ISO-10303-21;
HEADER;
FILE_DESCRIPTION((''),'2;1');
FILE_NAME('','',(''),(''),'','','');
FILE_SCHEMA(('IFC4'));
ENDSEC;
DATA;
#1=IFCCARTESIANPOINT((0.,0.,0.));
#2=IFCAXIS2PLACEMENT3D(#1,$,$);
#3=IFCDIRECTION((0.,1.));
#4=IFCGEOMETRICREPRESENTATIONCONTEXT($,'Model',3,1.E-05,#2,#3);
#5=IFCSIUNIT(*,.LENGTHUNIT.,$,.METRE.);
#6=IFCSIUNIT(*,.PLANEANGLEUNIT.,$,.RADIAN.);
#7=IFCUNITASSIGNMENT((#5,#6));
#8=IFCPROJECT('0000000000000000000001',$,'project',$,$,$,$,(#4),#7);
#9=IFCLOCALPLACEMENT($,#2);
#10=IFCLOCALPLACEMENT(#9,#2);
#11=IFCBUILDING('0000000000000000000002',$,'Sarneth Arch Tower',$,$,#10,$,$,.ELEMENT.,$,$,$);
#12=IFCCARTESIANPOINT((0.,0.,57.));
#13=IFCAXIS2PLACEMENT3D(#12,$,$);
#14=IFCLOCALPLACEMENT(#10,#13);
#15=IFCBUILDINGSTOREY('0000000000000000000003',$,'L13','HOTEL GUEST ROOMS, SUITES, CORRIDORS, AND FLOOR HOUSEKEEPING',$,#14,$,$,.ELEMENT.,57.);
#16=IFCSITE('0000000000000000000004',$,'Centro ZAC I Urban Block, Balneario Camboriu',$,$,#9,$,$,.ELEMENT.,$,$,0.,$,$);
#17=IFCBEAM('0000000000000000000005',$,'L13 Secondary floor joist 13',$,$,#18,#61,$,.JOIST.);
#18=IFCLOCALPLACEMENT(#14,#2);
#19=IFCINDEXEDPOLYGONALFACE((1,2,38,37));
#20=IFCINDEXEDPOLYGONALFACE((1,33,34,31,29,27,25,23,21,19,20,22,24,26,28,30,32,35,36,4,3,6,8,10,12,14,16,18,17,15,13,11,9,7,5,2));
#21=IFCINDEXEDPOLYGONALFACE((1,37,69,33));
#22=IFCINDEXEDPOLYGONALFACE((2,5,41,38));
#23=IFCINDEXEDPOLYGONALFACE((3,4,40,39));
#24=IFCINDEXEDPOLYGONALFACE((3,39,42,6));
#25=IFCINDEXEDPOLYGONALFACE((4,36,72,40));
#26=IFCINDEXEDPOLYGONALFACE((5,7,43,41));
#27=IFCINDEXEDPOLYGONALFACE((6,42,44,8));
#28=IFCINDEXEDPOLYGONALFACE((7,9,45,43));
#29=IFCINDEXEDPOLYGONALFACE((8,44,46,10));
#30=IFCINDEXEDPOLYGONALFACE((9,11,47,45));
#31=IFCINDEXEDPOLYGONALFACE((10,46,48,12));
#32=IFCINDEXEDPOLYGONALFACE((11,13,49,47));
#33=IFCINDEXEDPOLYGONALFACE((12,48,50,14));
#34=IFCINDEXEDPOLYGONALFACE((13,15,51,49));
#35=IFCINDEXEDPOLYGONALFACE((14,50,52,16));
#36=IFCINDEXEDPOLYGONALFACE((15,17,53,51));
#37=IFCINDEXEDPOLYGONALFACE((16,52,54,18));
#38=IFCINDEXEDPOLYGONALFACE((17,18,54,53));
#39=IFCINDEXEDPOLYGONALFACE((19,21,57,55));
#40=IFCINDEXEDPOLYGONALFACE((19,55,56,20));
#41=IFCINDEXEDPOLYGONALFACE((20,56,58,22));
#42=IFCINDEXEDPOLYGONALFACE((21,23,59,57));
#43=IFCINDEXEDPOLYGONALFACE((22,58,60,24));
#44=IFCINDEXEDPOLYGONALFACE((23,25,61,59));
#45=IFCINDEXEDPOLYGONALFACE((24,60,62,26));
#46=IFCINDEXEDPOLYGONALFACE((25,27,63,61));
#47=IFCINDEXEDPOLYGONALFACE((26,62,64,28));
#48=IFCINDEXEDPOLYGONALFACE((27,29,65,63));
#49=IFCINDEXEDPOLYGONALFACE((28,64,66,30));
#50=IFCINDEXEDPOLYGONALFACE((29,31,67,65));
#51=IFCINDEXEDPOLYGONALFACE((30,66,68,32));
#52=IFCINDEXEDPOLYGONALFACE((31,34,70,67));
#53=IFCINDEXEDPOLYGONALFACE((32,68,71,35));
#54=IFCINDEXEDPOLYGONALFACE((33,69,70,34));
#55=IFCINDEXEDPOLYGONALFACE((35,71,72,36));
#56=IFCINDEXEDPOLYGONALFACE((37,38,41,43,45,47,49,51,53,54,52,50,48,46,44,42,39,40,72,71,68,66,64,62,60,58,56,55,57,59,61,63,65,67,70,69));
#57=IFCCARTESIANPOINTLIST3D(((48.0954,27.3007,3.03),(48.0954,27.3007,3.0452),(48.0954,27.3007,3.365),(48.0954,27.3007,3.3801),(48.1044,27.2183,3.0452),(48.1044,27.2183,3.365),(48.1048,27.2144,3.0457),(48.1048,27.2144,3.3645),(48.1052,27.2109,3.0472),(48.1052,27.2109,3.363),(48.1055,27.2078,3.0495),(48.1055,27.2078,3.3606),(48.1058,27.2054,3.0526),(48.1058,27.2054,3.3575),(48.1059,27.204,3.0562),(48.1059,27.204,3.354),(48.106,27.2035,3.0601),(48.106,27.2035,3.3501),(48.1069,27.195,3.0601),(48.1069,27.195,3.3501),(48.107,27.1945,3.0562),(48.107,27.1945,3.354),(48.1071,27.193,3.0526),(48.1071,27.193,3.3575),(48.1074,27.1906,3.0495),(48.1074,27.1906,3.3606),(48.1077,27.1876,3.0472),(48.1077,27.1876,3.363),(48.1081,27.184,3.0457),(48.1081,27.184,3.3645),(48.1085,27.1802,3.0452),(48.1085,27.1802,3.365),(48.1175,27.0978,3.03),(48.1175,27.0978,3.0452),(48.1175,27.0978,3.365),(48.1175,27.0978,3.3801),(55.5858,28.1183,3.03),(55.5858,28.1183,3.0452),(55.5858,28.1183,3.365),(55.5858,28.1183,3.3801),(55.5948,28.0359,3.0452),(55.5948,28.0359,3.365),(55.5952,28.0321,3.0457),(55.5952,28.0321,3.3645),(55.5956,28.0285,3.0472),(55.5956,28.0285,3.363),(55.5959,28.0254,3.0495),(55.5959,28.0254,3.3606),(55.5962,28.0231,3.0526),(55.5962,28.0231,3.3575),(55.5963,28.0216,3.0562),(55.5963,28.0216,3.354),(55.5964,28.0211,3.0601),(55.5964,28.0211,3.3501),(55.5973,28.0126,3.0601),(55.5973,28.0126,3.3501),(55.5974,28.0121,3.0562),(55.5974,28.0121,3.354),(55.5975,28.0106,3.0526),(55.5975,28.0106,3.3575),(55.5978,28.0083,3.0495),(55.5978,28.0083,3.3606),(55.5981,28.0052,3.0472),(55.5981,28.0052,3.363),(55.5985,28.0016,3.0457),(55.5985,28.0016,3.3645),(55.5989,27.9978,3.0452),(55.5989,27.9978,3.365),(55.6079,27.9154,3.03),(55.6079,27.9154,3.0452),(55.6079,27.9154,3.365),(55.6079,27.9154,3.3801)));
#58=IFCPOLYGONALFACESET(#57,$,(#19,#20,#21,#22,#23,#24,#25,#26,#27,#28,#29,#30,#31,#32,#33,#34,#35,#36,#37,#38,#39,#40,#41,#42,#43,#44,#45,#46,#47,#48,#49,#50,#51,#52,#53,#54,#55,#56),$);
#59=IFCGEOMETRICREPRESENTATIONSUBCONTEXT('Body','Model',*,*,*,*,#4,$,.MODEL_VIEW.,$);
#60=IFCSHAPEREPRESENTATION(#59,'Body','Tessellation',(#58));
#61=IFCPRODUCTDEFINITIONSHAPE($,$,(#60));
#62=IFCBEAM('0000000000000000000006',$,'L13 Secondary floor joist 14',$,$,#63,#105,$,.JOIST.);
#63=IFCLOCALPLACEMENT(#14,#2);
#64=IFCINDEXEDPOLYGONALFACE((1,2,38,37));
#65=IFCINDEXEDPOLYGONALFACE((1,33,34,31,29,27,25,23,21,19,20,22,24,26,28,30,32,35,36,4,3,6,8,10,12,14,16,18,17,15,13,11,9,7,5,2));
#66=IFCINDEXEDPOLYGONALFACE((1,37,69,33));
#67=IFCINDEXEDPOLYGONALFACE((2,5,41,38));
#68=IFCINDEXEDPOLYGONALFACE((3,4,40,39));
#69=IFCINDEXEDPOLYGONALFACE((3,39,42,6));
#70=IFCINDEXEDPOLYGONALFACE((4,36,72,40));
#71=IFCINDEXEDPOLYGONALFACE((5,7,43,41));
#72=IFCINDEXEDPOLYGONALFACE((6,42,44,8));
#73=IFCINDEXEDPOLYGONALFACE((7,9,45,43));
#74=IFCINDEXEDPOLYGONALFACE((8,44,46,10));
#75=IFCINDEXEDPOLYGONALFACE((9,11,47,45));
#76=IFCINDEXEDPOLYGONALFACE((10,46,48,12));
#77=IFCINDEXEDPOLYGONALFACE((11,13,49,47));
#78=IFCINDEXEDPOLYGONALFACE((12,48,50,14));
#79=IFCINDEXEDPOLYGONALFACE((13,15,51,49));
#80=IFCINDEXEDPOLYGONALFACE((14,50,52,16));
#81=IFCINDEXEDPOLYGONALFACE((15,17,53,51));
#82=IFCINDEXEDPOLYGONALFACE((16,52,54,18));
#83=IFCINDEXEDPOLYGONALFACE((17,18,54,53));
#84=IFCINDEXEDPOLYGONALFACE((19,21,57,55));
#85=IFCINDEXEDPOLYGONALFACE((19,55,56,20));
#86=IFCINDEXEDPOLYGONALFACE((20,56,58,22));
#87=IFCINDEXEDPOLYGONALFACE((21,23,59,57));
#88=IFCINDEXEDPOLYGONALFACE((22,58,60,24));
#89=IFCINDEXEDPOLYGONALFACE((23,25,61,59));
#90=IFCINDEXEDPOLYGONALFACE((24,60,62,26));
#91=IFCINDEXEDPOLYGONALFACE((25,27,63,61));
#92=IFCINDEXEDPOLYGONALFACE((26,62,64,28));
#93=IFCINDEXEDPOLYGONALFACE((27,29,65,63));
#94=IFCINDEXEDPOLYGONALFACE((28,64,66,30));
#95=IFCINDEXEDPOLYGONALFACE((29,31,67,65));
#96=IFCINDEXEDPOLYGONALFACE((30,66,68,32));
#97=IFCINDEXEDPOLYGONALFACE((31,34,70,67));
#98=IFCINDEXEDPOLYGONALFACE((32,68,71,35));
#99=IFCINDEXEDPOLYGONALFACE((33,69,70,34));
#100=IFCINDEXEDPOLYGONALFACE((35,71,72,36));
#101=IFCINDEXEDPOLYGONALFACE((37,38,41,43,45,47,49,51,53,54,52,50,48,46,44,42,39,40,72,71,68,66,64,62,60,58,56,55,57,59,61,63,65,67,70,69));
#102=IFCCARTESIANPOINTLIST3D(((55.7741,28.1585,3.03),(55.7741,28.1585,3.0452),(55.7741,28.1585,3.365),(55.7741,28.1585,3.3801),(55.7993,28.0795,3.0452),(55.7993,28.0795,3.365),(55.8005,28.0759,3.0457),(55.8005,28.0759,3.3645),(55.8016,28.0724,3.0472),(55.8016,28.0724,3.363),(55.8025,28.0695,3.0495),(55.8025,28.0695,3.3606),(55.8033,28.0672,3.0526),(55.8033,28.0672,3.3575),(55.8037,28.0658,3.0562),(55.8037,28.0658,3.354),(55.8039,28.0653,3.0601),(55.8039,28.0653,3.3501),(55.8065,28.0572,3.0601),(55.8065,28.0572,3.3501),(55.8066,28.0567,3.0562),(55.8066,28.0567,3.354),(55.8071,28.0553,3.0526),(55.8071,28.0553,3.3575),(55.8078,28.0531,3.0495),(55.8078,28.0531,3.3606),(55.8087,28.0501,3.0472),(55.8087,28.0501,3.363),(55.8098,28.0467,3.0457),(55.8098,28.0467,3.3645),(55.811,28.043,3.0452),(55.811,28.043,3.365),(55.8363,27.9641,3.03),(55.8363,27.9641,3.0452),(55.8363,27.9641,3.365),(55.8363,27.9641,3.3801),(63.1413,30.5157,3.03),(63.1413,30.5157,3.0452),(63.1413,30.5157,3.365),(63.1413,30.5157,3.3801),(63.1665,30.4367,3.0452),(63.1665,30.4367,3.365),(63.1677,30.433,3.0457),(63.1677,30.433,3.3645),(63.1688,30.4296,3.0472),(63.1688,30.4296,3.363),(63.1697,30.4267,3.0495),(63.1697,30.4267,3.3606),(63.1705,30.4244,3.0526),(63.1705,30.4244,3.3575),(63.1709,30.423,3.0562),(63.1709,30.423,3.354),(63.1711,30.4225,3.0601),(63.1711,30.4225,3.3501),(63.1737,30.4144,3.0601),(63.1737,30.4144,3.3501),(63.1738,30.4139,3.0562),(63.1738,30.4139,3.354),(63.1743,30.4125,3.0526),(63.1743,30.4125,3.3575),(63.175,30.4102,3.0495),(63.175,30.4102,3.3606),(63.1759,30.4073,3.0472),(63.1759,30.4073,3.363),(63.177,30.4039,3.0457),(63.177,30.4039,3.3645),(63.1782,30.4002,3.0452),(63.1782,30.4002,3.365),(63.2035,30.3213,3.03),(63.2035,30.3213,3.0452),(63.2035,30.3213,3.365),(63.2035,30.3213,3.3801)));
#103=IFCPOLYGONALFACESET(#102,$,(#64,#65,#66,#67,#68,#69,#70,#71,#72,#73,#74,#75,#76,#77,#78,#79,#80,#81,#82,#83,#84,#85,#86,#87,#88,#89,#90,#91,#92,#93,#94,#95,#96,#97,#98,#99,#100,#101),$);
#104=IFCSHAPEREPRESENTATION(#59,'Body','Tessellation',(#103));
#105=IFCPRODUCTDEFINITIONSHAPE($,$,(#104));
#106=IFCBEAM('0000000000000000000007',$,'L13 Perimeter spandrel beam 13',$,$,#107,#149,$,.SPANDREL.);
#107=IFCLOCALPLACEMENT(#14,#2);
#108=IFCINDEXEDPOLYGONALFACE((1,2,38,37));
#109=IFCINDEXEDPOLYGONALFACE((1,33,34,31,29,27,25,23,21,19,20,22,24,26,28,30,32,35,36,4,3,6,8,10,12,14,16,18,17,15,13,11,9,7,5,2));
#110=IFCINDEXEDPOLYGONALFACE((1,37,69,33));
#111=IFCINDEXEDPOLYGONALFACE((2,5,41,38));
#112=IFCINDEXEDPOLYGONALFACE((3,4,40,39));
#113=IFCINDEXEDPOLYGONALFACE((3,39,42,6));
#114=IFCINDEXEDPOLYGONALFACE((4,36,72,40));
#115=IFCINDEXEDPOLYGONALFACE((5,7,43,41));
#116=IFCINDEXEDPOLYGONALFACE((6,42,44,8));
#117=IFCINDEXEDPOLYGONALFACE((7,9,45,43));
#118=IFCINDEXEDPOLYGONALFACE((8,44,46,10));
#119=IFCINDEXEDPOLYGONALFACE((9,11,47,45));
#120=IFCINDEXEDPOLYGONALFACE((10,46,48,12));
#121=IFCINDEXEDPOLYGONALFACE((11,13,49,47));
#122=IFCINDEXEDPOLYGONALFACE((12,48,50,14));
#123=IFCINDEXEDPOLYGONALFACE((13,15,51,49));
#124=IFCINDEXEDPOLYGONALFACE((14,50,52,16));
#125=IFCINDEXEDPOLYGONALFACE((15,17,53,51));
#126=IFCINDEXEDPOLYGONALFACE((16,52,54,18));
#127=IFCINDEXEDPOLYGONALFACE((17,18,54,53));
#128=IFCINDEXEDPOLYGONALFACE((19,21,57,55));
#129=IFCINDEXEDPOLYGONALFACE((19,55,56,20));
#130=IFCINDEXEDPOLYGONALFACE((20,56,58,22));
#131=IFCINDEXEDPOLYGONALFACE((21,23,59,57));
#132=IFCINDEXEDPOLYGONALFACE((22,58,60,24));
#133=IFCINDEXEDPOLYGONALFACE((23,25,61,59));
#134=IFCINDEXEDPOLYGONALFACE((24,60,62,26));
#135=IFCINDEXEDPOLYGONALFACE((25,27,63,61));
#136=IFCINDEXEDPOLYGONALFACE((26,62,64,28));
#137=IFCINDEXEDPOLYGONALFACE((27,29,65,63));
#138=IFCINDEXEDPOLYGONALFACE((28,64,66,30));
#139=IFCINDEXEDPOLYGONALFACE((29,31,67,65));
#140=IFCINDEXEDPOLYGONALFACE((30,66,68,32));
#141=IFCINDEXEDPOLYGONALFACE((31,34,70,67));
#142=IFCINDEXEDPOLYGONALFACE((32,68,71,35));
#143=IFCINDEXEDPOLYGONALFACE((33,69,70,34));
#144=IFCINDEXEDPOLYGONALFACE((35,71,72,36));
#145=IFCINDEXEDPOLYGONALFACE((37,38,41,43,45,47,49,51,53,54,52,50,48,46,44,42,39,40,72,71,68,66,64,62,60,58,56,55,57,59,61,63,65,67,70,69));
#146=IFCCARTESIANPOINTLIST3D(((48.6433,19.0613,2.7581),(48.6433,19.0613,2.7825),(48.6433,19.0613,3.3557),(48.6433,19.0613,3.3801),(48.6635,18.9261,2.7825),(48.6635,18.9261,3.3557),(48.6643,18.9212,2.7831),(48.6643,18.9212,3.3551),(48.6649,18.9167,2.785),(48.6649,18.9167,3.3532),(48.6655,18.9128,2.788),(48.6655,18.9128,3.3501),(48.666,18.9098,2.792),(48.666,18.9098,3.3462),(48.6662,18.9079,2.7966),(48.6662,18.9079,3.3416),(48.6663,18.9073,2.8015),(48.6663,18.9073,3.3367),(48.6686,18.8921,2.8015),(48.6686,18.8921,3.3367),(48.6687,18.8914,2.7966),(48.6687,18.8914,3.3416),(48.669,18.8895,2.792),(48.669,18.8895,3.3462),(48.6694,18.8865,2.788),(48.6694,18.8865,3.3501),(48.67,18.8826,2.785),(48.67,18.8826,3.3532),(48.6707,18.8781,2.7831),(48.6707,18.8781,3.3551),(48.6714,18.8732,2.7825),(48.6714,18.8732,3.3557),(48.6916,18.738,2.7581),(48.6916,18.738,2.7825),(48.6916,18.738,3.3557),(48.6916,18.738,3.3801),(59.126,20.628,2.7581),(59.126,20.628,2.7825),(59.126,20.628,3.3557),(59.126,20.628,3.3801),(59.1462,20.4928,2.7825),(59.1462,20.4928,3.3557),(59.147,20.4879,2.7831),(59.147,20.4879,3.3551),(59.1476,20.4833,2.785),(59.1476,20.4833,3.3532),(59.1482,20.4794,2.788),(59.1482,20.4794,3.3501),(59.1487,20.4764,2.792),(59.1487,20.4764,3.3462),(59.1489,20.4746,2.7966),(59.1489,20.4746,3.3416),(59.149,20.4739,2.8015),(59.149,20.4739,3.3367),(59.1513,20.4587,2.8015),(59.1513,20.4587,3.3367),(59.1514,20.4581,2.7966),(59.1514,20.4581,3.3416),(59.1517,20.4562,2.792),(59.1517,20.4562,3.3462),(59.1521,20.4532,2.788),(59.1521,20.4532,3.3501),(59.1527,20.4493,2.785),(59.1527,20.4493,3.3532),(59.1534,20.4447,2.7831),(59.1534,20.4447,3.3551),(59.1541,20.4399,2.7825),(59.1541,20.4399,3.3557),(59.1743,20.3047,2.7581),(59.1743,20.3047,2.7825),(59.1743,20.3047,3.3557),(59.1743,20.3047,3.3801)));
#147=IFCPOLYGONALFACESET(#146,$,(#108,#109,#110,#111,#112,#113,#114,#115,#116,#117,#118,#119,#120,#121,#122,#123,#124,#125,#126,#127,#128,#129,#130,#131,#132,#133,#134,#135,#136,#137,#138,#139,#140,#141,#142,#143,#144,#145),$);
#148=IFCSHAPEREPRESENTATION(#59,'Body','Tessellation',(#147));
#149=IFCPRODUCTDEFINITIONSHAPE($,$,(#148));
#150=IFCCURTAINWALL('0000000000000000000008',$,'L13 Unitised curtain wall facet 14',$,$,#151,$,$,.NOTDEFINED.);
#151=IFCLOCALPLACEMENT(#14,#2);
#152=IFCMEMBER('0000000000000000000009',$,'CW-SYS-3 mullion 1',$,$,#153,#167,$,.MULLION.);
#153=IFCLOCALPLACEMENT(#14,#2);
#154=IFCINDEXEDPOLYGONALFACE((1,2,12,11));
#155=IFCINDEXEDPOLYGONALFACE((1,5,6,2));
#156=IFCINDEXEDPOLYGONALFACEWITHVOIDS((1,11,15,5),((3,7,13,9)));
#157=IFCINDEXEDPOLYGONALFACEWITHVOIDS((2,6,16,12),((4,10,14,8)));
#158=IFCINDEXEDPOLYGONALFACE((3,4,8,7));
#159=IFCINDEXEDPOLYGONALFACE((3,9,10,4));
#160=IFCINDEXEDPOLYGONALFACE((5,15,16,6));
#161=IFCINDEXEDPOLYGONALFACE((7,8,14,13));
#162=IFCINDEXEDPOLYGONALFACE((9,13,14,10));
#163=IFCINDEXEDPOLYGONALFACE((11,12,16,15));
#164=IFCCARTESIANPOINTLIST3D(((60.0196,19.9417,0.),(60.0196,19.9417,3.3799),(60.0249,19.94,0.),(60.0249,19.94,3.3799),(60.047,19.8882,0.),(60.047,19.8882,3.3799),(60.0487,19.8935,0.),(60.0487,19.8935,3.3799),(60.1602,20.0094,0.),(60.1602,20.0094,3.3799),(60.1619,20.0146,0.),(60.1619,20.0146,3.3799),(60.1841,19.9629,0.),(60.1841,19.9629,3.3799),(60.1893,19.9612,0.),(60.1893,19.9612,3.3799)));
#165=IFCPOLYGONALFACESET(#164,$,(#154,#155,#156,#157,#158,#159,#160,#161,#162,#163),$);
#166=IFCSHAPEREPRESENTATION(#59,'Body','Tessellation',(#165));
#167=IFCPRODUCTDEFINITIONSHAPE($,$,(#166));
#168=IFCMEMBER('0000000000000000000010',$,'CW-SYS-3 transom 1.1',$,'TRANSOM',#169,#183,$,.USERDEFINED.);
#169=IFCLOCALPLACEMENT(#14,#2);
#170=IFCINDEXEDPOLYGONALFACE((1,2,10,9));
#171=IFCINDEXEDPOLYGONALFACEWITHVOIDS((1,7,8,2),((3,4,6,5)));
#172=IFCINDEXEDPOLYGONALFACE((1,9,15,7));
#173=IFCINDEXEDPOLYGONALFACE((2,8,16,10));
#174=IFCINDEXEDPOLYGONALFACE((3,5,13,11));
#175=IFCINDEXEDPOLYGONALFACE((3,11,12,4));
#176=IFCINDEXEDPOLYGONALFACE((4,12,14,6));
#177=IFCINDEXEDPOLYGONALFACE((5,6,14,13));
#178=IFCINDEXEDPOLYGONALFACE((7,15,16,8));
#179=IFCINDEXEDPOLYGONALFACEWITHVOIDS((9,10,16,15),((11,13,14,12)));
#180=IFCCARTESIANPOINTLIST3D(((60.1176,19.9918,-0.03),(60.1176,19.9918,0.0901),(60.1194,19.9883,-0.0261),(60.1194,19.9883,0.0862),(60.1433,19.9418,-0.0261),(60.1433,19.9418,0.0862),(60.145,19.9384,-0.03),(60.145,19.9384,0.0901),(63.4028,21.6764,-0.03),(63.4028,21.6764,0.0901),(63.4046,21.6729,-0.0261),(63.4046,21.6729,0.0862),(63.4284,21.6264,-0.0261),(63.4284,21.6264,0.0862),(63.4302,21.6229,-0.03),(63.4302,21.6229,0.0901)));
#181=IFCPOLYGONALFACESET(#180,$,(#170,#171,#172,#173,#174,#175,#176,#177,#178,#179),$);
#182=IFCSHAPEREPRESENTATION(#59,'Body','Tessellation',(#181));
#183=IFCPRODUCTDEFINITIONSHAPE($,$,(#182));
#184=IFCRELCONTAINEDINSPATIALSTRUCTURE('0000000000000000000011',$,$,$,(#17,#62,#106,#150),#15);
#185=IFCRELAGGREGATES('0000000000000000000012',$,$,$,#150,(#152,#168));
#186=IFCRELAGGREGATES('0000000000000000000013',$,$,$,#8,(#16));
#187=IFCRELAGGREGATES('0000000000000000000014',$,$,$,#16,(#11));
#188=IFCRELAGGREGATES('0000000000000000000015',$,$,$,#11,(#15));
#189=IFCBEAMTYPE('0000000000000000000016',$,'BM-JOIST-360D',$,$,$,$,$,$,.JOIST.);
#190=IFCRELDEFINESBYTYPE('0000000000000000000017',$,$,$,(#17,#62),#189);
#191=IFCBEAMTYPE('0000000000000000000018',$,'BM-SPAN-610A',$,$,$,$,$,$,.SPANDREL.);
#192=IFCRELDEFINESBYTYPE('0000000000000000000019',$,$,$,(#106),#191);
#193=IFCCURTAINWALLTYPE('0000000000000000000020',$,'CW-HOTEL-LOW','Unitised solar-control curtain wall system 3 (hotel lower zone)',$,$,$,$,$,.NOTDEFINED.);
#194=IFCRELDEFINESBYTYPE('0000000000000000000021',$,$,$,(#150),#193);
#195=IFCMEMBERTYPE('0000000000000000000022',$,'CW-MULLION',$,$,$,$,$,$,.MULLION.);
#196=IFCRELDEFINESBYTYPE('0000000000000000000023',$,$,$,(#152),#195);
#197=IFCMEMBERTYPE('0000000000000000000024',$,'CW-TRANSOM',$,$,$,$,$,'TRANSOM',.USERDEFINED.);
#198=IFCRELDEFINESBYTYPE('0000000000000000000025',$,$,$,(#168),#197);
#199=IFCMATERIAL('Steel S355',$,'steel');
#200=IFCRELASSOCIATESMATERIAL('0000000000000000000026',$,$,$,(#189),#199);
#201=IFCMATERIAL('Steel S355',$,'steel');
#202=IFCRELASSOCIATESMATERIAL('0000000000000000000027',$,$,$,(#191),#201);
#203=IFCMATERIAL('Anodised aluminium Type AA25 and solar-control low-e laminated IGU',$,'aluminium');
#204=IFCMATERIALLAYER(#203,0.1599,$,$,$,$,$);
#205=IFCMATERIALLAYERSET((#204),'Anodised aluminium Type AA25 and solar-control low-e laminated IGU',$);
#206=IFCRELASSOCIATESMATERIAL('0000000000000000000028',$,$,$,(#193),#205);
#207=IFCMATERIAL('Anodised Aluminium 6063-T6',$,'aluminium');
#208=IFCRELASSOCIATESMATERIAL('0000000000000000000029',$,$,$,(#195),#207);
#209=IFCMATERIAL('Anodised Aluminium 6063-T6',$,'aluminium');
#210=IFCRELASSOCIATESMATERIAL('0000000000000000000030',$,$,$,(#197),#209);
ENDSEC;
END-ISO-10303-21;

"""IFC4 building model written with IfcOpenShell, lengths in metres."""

from ifc_helpers import new_model, si_unit, direction, frame, origin, origin_2d, place, context, subcontext, project, spatial, hollow_rectangle, i_section, extrude, material, layer, layer_set, material_profile, profile_set, type_object, element, aggregate, save


model = new_model("IFC4")

# Units and contexts
model_context = context("Model", 3, precision=1e-05, world=origin(), true_north=direction((0.0, 1.0)))
body_context = subcontext(model_context, "Body", "Model", "MODEL_VIEW")
ifc_project = project(units=[si_unit("LENGTHUNIT", "METRE"), si_unit("PLANEANGLEUNIT", "RADIAN")], contexts=[model_context])

# Site, building, storey
site_placement = place(None, origin())
site = spatial("IfcSite", under=ifc_project, at=site_placement, Name="Centro ZAC I Urban Block, Balneario Camboriu", CompositionType="ELEMENT", RefElevation=0.0)
building_placement = place(site_placement, origin())
building = spatial("IfcBuilding", under=site, at=building_placement, Name="Sarneth Arch Tower", CompositionType="ELEMENT")
storey_placement = place(building_placement, frame((0.0, 0.0, 57.0)))
storey = spatial("IfcBuildingStorey", under=building, at=storey_placement, Name="L13", Description="HOTEL GUEST ROOMS, SUITES, CORRIDORS, AND FLOOR HOUSEKEEPING", CompositionType="ELEMENT", Elevation=57.0)

# Beams
ifc_material_1 = material(Name="Steel S355", Category="steel")
ifc_material_profile_1 = material_profile(ifc_material_1, i_section(OverallWidth=0.2041, OverallDepth=0.3501, WebThickness=0.0085, FlangeThickness=0.0151, FilletRadius=0.0149, at=origin_2d()), Name="W360x72")
ifc_profile_set_1 = profile_set([ifc_material_profile_1], Name="Steel S355")
beam_type_1 = type_object("IfcBeamType", Name="BM-JOIST-360D", PredefinedType="JOIST", material=ifc_profile_set_1)
beam_1_placement = place(storey_placement, frame((48.1064, 27.1992, 3.2051), z_axis=(0.994095, 0.108511, 0.0), x_axis=(-0.108511, 0.994095, 0.0)))
element("IfcBeam", 1, at=beam_1_placement, inside=storey, type_object=beam_type_1, Name="L13 Secondary floor joist 13", PredefinedType="JOIST", context=body_context, shape_type="SweptSolid", body=[
    extrude(i_section(OverallWidth=0.2041, OverallDepth=0.3501, WebThickness=0.0085, FlangeThickness=0.0151, FilletRadius=0.0149, at=origin_2d()), origin(), (0.0, 0.0, 1.0), 7.5349),
])
beam_2_placement = place(storey_placement, frame((55.8052, 28.0613, 3.2051), z_axis=(0.952436, 0.304738, 0.0), x_axis=(-0.304738, 0.952436, 0.0)))
element("IfcBeam", 2, at=beam_2_placement, inside=storey, type_object=beam_type_1, Name="L13 Secondary floor joist 14", PredefinedType="JOIST", context=body_context, shape_type="SweptSolid", body=[
    extrude(i_section(OverallWidth=0.2041, OverallDepth=0.3501, WebThickness=0.0085, FlangeThickness=0.0151, FilletRadius=0.0149, at=origin_2d()), origin(), (0.0, 0.0, 1.0), 7.7351),
])
ifc_material_2 = material(Name="Steel S355", Category="steel")
ifc_material_profile_2 = material_profile(ifc_material_2, i_section(OverallWidth=0.3269, OverallDepth=0.6221, WebThickness=0.0154, FlangeThickness=0.0244, FilletRadius=0.019, at=origin_2d()), Name="W610x195")
ifc_profile_set_2 = profile_set([ifc_material_profile_2], Name="Steel S355")
beam_type_2 = type_object("IfcBeamType", Name="BM-SPAN-610A", PredefinedType="SPANDREL", material=ifc_profile_set_2)
beam_3_placement = place(storey_placement, frame((48.6675, 18.8997, 3.0691), z_axis=(0.989016, 0.14781, 0.0), x_axis=(-0.14781, 0.989016, 0.0)))
element("IfcBeam", 3, at=beam_3_placement, inside=storey, type_object=beam_type_2, Name="L13 Perimeter spandrel beam 13", PredefinedType="SPANDREL", context=body_context, shape_type="SweptSolid", body=[
    extrude(i_section(OverallWidth=0.3269, OverallDepth=0.6221, WebThickness=0.0154, FlangeThickness=0.0244, FilletRadius=0.019, at=origin_2d()), origin(), (0.0, 0.0, 1.0), 10.5991),
])

# Curtain wall, members
ifc_material_3 = material(Name="Anodised aluminium Type AA25 and solar-control low-e laminated IGU", Category="aluminium")
ifc_layer_1 = layer(ifc_material_3, 0.1599)
ifc_layer_set_1 = layer_set([ifc_layer_1], Name="Anodised aluminium Type AA25 and solar-control low-e laminated IGU")
curtain_wall_type = type_object("IfcCurtainWallType", Name="CW-HOTEL-LOW", Description="Unitised solar-control curtain wall system 3 (hotel lower zone)", PredefinedType="NOTDEFINED", material=ifc_layer_set_1)
curtain_wall_placement = place(storey_placement, origin())
curtain_wall = element("IfcCurtainWall", 4, at=curtain_wall_placement, inside=storey, type_object=curtain_wall_type, Name="L13 Unitised curtain wall facet 14", PredefinedType="NOTDEFINED")
ifc_material_4 = material(Name="Anodised Aluminium 6063-T6", Category="aluminium")
ifc_material_profile_3 = material_profile(ifc_material_4, hollow_rectangle(XDim=0.0601, YDim=0.1599, WallThickness=0.0039, at=origin_2d()), Name="AL-MULL-160x60x4")
ifc_profile_set_3 = profile_set([ifc_material_profile_3], Name="Anodised Aluminium 6063-T6")
member_type_1 = type_object("IfcMemberType", Name="CW-MULLION", PredefinedType="MULLION", material=ifc_profile_set_3)
member_1_placement = place(storey_placement, frame((60.1045, 19.9514, 0.0), z_axis=(0.0, 0.0, 1.0), x_axis=(-0.456245, 0.889854, 0.0)))
member_1 = element("IfcMember", 5, at=member_1_placement, type_object=member_type_1, Name="CW-SYS-3 mullion 1", PredefinedType="MULLION", context=body_context, shape_type="SweptSolid", body=[
    extrude(hollow_rectangle(XDim=0.0601, YDim=0.1599, WallThickness=0.0039, at=origin_2d()), origin(), (0.0, 0.0, 1.0), 3.3799),
])
ifc_material_5 = material(Name="Anodised Aluminium 6063-T6", Category="aluminium")
ifc_material_profile_4 = material_profile(ifc_material_5, hollow_rectangle(XDim=0.0601, YDim=0.1201, WallThickness=0.0039, at=origin_2d()), Name="AL-TRAN-120x60x4")
ifc_profile_set_4 = profile_set([ifc_material_profile_4], Name="Anodised Aluminium 6063-T6")
member_type_2 = type_object("IfcMemberType", Name="CW-TRANSOM", ElementType="TRANSOM", PredefinedType="USERDEFINED", material=ifc_profile_set_4)
member_2_placement = place(storey_placement, frame((60.1313, 19.9651, 0.03), z_axis=(0.889831, 0.45629, 0.0), x_axis=(-0.45629, 0.889831, 0.0)))
member_2 = element("IfcMember", 6, at=member_2_placement, type_object=member_type_2, Name="CW-SYS-3 transom 1.1", ObjectType="TRANSOM", PredefinedType="USERDEFINED", context=body_context, shape_type="SweptSolid", body=[
    extrude(hollow_rectangle(XDim=0.0601, YDim=0.1201, WallThickness=0.0039, at=origin_2d()), origin(), (0.0, 0.0, 1.0), 3.6919),
])
aggregate(curtain_wall, [member_1, member_2])

save(model, "model.ifc")
